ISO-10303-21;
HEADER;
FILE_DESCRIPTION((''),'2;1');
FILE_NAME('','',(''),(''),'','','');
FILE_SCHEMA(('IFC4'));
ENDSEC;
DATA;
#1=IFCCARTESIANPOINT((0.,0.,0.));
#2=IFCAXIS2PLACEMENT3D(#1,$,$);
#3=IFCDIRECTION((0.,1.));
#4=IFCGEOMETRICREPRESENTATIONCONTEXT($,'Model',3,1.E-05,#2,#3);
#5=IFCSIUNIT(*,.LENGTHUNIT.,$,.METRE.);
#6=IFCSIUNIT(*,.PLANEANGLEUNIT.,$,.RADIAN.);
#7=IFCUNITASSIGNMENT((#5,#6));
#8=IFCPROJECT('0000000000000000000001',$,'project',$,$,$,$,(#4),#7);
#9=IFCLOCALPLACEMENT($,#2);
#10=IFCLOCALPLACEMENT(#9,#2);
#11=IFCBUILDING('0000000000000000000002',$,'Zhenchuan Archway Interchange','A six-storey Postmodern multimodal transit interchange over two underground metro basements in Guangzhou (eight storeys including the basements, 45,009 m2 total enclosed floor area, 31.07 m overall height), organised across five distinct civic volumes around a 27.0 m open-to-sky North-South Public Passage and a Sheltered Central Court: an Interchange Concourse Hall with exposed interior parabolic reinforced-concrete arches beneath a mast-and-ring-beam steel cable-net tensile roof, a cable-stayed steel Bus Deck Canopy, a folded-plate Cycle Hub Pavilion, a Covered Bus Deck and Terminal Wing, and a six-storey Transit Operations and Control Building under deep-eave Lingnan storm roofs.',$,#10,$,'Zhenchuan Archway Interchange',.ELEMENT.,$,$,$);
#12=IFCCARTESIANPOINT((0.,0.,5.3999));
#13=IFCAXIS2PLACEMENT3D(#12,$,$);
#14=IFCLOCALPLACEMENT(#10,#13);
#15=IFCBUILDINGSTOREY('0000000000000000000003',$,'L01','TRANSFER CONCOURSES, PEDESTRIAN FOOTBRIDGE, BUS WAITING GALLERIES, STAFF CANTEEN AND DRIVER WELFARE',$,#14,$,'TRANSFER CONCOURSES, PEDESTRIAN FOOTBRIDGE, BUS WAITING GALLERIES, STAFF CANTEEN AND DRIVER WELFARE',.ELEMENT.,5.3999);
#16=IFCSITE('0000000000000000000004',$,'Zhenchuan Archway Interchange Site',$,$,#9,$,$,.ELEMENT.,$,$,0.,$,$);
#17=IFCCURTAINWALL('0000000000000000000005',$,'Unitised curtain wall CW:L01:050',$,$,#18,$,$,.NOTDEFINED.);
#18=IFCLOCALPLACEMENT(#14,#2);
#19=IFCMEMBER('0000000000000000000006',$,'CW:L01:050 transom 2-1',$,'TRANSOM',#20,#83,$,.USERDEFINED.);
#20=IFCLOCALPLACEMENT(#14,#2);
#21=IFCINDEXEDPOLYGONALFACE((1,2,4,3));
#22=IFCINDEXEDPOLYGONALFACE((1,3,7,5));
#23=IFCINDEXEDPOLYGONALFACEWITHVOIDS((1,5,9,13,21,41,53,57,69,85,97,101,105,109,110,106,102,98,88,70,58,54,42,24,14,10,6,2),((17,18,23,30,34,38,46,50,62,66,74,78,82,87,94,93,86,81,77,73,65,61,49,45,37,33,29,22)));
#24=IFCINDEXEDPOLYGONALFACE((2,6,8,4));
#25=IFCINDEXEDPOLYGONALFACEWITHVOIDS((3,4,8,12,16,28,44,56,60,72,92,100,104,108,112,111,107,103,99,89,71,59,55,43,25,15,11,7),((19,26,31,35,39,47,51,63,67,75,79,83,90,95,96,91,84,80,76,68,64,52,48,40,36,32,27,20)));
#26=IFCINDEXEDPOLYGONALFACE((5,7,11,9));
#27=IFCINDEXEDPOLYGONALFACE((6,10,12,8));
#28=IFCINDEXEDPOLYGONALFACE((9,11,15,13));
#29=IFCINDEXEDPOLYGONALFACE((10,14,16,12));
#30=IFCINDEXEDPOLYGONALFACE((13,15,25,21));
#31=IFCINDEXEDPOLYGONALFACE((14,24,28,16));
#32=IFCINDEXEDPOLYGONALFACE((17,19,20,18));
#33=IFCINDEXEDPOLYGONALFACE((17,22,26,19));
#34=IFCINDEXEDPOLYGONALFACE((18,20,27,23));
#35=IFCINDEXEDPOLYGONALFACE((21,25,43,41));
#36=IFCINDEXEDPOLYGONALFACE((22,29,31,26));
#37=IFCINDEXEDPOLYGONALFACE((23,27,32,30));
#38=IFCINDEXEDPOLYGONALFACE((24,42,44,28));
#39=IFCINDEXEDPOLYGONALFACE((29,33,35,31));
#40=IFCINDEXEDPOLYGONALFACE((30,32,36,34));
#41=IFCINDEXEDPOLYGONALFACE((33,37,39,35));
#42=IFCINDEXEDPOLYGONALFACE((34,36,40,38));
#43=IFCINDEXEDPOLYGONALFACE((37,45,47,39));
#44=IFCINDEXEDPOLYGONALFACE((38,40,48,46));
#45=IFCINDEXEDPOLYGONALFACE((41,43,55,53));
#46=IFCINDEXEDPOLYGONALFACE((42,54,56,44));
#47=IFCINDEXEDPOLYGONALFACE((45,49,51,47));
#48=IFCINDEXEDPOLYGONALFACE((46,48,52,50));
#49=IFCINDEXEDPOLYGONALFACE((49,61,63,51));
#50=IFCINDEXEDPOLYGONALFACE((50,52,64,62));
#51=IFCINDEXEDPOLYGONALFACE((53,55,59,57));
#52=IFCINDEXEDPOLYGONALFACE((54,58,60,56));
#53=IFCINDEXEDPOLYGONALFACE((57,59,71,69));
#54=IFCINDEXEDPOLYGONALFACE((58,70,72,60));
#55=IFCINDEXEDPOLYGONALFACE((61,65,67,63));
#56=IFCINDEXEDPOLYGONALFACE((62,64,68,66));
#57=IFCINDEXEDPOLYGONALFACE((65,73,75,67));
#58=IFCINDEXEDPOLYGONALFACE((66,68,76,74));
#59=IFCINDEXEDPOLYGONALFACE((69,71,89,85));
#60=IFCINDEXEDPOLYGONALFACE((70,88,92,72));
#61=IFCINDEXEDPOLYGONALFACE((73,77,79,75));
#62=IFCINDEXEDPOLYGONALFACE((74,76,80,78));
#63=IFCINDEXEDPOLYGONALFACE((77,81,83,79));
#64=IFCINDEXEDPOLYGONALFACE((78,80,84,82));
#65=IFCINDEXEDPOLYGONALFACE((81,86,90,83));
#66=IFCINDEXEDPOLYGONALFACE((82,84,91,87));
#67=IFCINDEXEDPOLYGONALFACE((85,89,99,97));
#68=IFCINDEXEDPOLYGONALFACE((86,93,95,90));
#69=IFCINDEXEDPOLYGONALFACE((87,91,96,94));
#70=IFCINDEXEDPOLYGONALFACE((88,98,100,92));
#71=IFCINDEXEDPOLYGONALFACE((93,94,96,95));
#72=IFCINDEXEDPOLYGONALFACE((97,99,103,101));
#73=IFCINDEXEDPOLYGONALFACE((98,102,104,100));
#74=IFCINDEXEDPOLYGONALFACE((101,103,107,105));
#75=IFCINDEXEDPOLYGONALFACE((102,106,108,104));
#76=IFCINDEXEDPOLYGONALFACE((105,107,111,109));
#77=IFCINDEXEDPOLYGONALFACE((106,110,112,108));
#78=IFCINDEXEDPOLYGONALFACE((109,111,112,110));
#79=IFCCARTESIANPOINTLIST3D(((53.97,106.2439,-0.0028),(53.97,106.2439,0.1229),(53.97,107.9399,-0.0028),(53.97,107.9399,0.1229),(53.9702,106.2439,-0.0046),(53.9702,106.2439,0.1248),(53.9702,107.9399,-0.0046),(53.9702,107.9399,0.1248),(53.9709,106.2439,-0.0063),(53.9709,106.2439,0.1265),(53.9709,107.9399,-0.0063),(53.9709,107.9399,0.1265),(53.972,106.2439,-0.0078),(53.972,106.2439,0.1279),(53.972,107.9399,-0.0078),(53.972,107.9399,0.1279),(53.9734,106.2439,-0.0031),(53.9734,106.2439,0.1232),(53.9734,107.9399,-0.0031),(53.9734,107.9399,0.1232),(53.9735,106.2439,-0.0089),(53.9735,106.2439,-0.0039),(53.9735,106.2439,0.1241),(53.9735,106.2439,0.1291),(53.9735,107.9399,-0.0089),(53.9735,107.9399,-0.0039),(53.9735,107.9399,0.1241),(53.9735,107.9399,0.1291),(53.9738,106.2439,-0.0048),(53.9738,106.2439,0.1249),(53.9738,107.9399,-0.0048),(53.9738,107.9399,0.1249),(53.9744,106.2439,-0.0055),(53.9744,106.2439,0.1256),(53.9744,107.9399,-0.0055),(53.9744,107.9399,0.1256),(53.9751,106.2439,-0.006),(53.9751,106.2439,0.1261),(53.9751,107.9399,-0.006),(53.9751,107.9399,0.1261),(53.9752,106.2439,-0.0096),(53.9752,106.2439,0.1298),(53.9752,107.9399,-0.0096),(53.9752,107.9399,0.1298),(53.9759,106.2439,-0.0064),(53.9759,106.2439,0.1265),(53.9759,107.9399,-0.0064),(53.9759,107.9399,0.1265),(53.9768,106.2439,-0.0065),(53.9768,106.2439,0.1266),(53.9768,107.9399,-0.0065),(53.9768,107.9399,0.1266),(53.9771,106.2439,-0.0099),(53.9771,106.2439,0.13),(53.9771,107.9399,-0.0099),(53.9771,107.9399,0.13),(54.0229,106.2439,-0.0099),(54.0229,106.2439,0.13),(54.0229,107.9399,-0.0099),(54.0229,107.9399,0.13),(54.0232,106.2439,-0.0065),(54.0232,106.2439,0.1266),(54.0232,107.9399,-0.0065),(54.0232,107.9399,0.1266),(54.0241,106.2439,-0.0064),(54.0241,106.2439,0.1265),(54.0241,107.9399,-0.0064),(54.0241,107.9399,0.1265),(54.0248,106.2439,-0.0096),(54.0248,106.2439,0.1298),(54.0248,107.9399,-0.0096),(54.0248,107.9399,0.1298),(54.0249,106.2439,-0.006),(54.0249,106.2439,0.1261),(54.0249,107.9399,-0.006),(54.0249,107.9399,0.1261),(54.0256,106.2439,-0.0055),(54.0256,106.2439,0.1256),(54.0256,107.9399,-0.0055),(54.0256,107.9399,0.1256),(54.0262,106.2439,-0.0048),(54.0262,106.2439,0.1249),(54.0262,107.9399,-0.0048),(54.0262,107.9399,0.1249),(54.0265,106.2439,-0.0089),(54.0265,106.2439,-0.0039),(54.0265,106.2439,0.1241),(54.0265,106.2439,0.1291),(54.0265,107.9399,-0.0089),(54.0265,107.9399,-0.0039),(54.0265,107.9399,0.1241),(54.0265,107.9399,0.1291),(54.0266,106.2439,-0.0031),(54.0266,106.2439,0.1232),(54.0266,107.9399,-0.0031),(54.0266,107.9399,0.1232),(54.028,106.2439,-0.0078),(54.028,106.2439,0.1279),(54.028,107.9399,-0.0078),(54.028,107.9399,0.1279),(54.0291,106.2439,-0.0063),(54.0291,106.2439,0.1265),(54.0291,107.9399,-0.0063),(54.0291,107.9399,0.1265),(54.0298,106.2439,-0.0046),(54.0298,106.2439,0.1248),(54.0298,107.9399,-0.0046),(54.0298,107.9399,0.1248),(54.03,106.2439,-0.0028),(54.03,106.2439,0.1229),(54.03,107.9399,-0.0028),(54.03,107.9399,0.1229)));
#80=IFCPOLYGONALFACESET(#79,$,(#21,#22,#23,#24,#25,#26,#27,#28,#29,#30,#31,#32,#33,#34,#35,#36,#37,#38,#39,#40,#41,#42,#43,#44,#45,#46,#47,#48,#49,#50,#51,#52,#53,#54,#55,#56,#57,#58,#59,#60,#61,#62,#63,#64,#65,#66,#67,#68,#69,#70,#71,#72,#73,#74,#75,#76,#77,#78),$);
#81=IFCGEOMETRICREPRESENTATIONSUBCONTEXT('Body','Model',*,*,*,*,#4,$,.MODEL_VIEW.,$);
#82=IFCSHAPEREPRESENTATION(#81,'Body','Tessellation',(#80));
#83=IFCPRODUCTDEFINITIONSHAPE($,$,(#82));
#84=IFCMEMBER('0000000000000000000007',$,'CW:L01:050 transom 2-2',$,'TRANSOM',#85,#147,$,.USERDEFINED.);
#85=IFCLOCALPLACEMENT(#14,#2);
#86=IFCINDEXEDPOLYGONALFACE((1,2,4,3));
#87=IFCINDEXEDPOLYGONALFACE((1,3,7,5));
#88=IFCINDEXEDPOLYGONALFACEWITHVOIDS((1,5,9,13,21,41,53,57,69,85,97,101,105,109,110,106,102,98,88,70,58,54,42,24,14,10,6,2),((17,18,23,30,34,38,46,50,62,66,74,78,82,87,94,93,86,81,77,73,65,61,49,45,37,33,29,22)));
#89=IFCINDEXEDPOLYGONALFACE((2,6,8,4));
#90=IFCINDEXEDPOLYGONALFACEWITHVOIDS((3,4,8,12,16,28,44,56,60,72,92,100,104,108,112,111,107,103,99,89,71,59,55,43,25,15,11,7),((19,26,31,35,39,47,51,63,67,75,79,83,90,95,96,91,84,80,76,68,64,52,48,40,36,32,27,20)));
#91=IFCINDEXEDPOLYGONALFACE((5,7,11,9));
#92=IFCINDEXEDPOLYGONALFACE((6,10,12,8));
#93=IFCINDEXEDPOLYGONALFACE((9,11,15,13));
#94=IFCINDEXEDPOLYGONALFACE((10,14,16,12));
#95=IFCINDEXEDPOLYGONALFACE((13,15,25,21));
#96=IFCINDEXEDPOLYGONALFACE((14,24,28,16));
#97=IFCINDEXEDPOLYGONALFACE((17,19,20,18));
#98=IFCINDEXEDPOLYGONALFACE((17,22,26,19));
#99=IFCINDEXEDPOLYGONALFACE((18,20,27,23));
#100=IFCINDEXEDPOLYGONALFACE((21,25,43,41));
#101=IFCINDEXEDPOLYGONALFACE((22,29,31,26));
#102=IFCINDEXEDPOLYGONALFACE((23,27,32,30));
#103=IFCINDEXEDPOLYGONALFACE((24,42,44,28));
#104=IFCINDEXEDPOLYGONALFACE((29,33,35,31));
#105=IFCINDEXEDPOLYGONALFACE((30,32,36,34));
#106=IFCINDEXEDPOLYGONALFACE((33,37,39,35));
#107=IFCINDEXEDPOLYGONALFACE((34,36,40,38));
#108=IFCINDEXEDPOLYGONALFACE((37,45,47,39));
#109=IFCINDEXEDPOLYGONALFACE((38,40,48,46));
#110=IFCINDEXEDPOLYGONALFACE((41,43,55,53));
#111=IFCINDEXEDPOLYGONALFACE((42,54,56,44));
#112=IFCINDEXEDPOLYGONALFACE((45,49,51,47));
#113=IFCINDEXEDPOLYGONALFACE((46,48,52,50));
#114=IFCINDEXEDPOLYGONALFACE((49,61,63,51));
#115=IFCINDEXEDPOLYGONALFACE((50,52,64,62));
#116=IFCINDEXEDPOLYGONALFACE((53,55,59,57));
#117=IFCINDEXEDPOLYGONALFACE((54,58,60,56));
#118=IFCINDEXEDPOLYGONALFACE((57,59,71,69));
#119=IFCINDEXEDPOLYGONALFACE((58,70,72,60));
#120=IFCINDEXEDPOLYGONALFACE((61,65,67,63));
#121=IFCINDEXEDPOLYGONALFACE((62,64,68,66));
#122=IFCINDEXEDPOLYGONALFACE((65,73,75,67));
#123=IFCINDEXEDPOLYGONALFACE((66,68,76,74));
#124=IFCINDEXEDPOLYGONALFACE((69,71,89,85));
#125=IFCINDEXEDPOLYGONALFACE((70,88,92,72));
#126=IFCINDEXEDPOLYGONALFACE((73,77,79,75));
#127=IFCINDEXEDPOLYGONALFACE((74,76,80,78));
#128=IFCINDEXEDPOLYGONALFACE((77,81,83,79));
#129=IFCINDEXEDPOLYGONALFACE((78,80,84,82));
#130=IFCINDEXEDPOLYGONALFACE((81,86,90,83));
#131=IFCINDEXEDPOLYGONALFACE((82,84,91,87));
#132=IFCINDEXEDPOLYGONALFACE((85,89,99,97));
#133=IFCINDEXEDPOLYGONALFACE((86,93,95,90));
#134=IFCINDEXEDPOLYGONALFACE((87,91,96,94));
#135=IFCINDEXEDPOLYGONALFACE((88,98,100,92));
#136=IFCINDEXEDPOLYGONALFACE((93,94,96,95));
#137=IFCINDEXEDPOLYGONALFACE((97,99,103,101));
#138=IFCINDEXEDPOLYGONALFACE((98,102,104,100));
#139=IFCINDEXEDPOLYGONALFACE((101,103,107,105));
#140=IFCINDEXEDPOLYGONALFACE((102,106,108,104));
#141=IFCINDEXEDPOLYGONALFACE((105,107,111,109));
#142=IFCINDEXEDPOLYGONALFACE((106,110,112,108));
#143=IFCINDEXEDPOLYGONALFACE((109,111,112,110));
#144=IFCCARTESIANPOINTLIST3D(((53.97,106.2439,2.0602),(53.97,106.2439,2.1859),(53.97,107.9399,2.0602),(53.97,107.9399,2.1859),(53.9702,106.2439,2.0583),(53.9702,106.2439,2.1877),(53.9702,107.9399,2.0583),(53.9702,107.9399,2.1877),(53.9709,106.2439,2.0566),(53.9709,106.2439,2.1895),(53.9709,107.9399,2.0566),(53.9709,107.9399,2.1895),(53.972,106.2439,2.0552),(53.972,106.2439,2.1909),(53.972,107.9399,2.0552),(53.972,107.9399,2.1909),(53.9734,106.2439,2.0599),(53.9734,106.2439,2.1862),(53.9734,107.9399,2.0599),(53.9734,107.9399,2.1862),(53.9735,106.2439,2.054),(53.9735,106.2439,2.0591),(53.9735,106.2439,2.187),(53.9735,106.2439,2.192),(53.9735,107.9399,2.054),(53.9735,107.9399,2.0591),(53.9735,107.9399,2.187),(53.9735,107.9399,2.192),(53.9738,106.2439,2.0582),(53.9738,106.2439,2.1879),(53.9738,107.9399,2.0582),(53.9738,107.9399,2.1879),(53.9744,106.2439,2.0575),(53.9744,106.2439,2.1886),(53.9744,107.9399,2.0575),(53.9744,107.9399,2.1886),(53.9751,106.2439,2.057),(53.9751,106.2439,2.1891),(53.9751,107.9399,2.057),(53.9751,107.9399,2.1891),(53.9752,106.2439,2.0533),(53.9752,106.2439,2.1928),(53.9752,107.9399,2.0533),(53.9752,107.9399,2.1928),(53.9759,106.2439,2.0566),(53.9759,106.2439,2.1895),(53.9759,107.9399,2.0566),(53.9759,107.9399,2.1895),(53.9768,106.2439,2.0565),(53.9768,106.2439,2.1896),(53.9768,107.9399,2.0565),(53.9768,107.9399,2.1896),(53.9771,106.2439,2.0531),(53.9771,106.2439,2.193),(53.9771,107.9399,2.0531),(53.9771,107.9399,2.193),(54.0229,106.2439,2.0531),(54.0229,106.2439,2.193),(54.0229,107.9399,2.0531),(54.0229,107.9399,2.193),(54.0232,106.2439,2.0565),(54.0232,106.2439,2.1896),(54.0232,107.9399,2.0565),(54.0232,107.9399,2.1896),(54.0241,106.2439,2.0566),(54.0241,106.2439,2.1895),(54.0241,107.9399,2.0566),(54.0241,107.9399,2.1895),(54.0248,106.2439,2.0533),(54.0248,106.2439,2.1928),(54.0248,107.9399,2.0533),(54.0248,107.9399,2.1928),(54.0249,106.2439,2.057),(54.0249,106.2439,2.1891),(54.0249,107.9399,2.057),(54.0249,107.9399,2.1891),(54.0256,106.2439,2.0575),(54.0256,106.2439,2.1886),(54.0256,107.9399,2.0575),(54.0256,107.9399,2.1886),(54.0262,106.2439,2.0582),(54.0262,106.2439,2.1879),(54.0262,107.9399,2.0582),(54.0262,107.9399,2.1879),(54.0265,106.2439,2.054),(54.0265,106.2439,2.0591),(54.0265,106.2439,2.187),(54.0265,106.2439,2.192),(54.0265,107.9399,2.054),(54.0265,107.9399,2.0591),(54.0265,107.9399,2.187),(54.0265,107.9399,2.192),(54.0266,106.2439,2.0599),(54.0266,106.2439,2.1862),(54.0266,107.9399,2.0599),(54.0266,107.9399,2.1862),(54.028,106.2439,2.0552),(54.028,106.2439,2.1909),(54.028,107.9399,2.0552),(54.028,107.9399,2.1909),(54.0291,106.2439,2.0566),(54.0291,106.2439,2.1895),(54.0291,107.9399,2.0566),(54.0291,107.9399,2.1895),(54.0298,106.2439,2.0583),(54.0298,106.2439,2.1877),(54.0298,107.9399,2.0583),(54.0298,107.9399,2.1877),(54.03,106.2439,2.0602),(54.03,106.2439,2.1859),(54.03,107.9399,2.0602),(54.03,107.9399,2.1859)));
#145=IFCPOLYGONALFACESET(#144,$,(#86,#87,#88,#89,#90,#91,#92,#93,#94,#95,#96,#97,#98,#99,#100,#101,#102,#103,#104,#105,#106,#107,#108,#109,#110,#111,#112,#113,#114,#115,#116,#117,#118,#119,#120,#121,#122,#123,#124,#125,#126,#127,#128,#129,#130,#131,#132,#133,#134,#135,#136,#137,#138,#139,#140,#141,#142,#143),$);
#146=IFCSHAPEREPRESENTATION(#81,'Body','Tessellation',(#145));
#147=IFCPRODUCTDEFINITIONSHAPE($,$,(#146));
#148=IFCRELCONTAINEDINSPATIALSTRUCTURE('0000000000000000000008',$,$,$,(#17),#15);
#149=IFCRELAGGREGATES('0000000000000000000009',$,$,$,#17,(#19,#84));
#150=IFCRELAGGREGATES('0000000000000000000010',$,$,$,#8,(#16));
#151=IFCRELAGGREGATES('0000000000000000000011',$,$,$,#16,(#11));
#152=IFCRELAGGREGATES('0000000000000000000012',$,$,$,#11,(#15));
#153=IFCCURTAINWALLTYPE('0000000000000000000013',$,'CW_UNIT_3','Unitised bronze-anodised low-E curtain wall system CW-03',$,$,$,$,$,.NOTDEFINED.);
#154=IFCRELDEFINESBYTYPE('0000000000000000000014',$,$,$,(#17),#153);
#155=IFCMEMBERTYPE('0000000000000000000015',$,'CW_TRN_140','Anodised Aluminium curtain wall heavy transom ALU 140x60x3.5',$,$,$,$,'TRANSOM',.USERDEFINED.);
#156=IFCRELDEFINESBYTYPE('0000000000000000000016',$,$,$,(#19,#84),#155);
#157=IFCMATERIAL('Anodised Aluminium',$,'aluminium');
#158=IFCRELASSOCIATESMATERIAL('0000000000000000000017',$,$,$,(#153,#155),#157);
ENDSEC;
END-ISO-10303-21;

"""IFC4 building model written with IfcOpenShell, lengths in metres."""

from ifc_helpers import new_model, si_unit, direction, frame, origin, origin_2d, place, context, subcontext, project, spatial, hollow_rectangle, extrude, material, material_profile, profile_set, type_object, element, aggregate, save


model = new_model("IFC4")

# Units and contexts
model_context = context("Model", 3, precision=1e-05, world=origin(), true_north=direction((0.0, 1.0)))
body_context = subcontext(model_context, "Body", "Model", "MODEL_VIEW")
ifc_project = project(units=[si_unit("LENGTHUNIT", "METRE"), si_unit("PLANEANGLEUNIT", "RADIAN")], contexts=[model_context])

# Site, building, storey
site_placement = place(None, origin())
site = spatial("IfcSite", under=ifc_project, at=site_placement, Name="Zhenchuan Archway Interchange Site", CompositionType="ELEMENT", RefElevation=0.0)
building_placement = place(site_placement, origin())
building = spatial("IfcBuilding", under=site, at=building_placement, Name="Zhenchuan Archway Interchange", Description="A six-storey Postmodern multimodal transit interchange over two underground metro basements in Guangzhou (eight storeys including the basements, 45,009 m2 total enclosed floor area, 31.07 m overall height), organised across five distinct civic volumes around a 27.0 m open-to-sky North-South Public Passage and a Sheltered Central Court: an Interchange Concourse Hall with exposed interior parabolic reinforced-concrete arches beneath a mast-and-ring-beam steel cable-net tensile roof, a cable-stayed steel Bus Deck Canopy, a folded-plate Cycle Hub Pavilion, a Covered Bus Deck and Terminal Wing, and a six-storey Transit Operations and Control Building under deep-eave Lingnan storm roofs.", LongName="Zhenchuan Archway Interchange", CompositionType="ELEMENT")
storey_placement = place(building_placement, frame((0.0, 0.0, 5.3999)))
storey = spatial("IfcBuildingStorey", under=building, at=storey_placement, Name="L01", Description="TRANSFER CONCOURSES, PEDESTRIAN FOOTBRIDGE, BUS WAITING GALLERIES, STAFF CANTEEN AND DRIVER WELFARE", LongName="TRANSFER CONCOURSES, PEDESTRIAN FOOTBRIDGE, BUS WAITING GALLERIES, STAFF CANTEEN AND DRIVER WELFARE", CompositionType="ELEMENT", Elevation=5.3999)

# Curtain wall
ifc_material_1 = material(Name="Anodised Aluminium", Category="aluminium")
curtain_wall_type_1 = type_object("IfcCurtainWallType", Name="CW_UNIT_3", Description="Unitised bronze-anodised low-E curtain wall system CW-03", PredefinedType="NOTDEFINED", material=ifc_material_1)
curtain_wall_1_placement = place(storey_placement, origin())
curtain_wall_1 = element("IfcCurtainWall", 1, at=curtain_wall_1_placement, inside=storey, type_object=curtain_wall_type_1, Name="Unitised curtain wall CW:L01:050", PredefinedType="NOTDEFINED")

# Members
ifc_material_profile_1 = material_profile(ifc_material_1, hollow_rectangle(XDim=0.0601, YDim=0.1399, WallThickness=0.0034, InnerFilletRadius=0.0034, OuterFilletRadius=0.0071, at=origin_2d()), Name="ALU 140x60x3.5")
ifc_profile_set_1 = profile_set([ifc_material_profile_1], Name="Anodised Aluminium")
member_type_1 = type_object("IfcMemberType", Name="CW_TRN_140", Description="Anodised Aluminium curtain wall heavy transom ALU 140x60x3.5", ElementType="TRANSOM", PredefinedType="USERDEFINED", material=ifc_profile_set_1)
member_1_placement = place(storey_placement, frame((54.0, 107.9399, 0.0601), z_axis=(0.0, -1.0, 0.0), x_axis=(1.0, 0.0, 0.0)))
member_1 = element("IfcMember", 2, at=member_1_placement, type_object=member_type_1, Name="CW:L01:050 transom 2-1", ObjectType="TRANSOM", PredefinedType="USERDEFINED", context=body_context, shape_type="SweptSolid", body=[
    extrude(hollow_rectangle(XDim=0.0601, YDim=0.1399, WallThickness=0.0034, InnerFilletRadius=0.0034, OuterFilletRadius=0.0071, at=origin_2d()), origin(), (0.0, 0.0, 1.0), 1.696),
])
member_2_placement = place(storey_placement, frame((54.0, 107.9399, 2.123), z_axis=(0.0, -1.0, 0.0), x_axis=(1.0, 0.0, 0.0)))
member_2 = element("IfcMember", 3, at=member_2_placement, type_object=member_type_1, Name="CW:L01:050 transom 2-2", ObjectType="TRANSOM", PredefinedType="USERDEFINED", context=body_context, shape_type="SweptSolid", body=[
    extrude(hollow_rectangle(XDim=0.0601, YDim=0.1399, WallThickness=0.0034, InnerFilletRadius=0.0034, OuterFilletRadius=0.0071, at=origin_2d()), origin(), (0.0, 0.0, 1.0), 1.696),
])

aggregate(curtain_wall_1, [member_1, member_2])

save(model, "model.ifc")
